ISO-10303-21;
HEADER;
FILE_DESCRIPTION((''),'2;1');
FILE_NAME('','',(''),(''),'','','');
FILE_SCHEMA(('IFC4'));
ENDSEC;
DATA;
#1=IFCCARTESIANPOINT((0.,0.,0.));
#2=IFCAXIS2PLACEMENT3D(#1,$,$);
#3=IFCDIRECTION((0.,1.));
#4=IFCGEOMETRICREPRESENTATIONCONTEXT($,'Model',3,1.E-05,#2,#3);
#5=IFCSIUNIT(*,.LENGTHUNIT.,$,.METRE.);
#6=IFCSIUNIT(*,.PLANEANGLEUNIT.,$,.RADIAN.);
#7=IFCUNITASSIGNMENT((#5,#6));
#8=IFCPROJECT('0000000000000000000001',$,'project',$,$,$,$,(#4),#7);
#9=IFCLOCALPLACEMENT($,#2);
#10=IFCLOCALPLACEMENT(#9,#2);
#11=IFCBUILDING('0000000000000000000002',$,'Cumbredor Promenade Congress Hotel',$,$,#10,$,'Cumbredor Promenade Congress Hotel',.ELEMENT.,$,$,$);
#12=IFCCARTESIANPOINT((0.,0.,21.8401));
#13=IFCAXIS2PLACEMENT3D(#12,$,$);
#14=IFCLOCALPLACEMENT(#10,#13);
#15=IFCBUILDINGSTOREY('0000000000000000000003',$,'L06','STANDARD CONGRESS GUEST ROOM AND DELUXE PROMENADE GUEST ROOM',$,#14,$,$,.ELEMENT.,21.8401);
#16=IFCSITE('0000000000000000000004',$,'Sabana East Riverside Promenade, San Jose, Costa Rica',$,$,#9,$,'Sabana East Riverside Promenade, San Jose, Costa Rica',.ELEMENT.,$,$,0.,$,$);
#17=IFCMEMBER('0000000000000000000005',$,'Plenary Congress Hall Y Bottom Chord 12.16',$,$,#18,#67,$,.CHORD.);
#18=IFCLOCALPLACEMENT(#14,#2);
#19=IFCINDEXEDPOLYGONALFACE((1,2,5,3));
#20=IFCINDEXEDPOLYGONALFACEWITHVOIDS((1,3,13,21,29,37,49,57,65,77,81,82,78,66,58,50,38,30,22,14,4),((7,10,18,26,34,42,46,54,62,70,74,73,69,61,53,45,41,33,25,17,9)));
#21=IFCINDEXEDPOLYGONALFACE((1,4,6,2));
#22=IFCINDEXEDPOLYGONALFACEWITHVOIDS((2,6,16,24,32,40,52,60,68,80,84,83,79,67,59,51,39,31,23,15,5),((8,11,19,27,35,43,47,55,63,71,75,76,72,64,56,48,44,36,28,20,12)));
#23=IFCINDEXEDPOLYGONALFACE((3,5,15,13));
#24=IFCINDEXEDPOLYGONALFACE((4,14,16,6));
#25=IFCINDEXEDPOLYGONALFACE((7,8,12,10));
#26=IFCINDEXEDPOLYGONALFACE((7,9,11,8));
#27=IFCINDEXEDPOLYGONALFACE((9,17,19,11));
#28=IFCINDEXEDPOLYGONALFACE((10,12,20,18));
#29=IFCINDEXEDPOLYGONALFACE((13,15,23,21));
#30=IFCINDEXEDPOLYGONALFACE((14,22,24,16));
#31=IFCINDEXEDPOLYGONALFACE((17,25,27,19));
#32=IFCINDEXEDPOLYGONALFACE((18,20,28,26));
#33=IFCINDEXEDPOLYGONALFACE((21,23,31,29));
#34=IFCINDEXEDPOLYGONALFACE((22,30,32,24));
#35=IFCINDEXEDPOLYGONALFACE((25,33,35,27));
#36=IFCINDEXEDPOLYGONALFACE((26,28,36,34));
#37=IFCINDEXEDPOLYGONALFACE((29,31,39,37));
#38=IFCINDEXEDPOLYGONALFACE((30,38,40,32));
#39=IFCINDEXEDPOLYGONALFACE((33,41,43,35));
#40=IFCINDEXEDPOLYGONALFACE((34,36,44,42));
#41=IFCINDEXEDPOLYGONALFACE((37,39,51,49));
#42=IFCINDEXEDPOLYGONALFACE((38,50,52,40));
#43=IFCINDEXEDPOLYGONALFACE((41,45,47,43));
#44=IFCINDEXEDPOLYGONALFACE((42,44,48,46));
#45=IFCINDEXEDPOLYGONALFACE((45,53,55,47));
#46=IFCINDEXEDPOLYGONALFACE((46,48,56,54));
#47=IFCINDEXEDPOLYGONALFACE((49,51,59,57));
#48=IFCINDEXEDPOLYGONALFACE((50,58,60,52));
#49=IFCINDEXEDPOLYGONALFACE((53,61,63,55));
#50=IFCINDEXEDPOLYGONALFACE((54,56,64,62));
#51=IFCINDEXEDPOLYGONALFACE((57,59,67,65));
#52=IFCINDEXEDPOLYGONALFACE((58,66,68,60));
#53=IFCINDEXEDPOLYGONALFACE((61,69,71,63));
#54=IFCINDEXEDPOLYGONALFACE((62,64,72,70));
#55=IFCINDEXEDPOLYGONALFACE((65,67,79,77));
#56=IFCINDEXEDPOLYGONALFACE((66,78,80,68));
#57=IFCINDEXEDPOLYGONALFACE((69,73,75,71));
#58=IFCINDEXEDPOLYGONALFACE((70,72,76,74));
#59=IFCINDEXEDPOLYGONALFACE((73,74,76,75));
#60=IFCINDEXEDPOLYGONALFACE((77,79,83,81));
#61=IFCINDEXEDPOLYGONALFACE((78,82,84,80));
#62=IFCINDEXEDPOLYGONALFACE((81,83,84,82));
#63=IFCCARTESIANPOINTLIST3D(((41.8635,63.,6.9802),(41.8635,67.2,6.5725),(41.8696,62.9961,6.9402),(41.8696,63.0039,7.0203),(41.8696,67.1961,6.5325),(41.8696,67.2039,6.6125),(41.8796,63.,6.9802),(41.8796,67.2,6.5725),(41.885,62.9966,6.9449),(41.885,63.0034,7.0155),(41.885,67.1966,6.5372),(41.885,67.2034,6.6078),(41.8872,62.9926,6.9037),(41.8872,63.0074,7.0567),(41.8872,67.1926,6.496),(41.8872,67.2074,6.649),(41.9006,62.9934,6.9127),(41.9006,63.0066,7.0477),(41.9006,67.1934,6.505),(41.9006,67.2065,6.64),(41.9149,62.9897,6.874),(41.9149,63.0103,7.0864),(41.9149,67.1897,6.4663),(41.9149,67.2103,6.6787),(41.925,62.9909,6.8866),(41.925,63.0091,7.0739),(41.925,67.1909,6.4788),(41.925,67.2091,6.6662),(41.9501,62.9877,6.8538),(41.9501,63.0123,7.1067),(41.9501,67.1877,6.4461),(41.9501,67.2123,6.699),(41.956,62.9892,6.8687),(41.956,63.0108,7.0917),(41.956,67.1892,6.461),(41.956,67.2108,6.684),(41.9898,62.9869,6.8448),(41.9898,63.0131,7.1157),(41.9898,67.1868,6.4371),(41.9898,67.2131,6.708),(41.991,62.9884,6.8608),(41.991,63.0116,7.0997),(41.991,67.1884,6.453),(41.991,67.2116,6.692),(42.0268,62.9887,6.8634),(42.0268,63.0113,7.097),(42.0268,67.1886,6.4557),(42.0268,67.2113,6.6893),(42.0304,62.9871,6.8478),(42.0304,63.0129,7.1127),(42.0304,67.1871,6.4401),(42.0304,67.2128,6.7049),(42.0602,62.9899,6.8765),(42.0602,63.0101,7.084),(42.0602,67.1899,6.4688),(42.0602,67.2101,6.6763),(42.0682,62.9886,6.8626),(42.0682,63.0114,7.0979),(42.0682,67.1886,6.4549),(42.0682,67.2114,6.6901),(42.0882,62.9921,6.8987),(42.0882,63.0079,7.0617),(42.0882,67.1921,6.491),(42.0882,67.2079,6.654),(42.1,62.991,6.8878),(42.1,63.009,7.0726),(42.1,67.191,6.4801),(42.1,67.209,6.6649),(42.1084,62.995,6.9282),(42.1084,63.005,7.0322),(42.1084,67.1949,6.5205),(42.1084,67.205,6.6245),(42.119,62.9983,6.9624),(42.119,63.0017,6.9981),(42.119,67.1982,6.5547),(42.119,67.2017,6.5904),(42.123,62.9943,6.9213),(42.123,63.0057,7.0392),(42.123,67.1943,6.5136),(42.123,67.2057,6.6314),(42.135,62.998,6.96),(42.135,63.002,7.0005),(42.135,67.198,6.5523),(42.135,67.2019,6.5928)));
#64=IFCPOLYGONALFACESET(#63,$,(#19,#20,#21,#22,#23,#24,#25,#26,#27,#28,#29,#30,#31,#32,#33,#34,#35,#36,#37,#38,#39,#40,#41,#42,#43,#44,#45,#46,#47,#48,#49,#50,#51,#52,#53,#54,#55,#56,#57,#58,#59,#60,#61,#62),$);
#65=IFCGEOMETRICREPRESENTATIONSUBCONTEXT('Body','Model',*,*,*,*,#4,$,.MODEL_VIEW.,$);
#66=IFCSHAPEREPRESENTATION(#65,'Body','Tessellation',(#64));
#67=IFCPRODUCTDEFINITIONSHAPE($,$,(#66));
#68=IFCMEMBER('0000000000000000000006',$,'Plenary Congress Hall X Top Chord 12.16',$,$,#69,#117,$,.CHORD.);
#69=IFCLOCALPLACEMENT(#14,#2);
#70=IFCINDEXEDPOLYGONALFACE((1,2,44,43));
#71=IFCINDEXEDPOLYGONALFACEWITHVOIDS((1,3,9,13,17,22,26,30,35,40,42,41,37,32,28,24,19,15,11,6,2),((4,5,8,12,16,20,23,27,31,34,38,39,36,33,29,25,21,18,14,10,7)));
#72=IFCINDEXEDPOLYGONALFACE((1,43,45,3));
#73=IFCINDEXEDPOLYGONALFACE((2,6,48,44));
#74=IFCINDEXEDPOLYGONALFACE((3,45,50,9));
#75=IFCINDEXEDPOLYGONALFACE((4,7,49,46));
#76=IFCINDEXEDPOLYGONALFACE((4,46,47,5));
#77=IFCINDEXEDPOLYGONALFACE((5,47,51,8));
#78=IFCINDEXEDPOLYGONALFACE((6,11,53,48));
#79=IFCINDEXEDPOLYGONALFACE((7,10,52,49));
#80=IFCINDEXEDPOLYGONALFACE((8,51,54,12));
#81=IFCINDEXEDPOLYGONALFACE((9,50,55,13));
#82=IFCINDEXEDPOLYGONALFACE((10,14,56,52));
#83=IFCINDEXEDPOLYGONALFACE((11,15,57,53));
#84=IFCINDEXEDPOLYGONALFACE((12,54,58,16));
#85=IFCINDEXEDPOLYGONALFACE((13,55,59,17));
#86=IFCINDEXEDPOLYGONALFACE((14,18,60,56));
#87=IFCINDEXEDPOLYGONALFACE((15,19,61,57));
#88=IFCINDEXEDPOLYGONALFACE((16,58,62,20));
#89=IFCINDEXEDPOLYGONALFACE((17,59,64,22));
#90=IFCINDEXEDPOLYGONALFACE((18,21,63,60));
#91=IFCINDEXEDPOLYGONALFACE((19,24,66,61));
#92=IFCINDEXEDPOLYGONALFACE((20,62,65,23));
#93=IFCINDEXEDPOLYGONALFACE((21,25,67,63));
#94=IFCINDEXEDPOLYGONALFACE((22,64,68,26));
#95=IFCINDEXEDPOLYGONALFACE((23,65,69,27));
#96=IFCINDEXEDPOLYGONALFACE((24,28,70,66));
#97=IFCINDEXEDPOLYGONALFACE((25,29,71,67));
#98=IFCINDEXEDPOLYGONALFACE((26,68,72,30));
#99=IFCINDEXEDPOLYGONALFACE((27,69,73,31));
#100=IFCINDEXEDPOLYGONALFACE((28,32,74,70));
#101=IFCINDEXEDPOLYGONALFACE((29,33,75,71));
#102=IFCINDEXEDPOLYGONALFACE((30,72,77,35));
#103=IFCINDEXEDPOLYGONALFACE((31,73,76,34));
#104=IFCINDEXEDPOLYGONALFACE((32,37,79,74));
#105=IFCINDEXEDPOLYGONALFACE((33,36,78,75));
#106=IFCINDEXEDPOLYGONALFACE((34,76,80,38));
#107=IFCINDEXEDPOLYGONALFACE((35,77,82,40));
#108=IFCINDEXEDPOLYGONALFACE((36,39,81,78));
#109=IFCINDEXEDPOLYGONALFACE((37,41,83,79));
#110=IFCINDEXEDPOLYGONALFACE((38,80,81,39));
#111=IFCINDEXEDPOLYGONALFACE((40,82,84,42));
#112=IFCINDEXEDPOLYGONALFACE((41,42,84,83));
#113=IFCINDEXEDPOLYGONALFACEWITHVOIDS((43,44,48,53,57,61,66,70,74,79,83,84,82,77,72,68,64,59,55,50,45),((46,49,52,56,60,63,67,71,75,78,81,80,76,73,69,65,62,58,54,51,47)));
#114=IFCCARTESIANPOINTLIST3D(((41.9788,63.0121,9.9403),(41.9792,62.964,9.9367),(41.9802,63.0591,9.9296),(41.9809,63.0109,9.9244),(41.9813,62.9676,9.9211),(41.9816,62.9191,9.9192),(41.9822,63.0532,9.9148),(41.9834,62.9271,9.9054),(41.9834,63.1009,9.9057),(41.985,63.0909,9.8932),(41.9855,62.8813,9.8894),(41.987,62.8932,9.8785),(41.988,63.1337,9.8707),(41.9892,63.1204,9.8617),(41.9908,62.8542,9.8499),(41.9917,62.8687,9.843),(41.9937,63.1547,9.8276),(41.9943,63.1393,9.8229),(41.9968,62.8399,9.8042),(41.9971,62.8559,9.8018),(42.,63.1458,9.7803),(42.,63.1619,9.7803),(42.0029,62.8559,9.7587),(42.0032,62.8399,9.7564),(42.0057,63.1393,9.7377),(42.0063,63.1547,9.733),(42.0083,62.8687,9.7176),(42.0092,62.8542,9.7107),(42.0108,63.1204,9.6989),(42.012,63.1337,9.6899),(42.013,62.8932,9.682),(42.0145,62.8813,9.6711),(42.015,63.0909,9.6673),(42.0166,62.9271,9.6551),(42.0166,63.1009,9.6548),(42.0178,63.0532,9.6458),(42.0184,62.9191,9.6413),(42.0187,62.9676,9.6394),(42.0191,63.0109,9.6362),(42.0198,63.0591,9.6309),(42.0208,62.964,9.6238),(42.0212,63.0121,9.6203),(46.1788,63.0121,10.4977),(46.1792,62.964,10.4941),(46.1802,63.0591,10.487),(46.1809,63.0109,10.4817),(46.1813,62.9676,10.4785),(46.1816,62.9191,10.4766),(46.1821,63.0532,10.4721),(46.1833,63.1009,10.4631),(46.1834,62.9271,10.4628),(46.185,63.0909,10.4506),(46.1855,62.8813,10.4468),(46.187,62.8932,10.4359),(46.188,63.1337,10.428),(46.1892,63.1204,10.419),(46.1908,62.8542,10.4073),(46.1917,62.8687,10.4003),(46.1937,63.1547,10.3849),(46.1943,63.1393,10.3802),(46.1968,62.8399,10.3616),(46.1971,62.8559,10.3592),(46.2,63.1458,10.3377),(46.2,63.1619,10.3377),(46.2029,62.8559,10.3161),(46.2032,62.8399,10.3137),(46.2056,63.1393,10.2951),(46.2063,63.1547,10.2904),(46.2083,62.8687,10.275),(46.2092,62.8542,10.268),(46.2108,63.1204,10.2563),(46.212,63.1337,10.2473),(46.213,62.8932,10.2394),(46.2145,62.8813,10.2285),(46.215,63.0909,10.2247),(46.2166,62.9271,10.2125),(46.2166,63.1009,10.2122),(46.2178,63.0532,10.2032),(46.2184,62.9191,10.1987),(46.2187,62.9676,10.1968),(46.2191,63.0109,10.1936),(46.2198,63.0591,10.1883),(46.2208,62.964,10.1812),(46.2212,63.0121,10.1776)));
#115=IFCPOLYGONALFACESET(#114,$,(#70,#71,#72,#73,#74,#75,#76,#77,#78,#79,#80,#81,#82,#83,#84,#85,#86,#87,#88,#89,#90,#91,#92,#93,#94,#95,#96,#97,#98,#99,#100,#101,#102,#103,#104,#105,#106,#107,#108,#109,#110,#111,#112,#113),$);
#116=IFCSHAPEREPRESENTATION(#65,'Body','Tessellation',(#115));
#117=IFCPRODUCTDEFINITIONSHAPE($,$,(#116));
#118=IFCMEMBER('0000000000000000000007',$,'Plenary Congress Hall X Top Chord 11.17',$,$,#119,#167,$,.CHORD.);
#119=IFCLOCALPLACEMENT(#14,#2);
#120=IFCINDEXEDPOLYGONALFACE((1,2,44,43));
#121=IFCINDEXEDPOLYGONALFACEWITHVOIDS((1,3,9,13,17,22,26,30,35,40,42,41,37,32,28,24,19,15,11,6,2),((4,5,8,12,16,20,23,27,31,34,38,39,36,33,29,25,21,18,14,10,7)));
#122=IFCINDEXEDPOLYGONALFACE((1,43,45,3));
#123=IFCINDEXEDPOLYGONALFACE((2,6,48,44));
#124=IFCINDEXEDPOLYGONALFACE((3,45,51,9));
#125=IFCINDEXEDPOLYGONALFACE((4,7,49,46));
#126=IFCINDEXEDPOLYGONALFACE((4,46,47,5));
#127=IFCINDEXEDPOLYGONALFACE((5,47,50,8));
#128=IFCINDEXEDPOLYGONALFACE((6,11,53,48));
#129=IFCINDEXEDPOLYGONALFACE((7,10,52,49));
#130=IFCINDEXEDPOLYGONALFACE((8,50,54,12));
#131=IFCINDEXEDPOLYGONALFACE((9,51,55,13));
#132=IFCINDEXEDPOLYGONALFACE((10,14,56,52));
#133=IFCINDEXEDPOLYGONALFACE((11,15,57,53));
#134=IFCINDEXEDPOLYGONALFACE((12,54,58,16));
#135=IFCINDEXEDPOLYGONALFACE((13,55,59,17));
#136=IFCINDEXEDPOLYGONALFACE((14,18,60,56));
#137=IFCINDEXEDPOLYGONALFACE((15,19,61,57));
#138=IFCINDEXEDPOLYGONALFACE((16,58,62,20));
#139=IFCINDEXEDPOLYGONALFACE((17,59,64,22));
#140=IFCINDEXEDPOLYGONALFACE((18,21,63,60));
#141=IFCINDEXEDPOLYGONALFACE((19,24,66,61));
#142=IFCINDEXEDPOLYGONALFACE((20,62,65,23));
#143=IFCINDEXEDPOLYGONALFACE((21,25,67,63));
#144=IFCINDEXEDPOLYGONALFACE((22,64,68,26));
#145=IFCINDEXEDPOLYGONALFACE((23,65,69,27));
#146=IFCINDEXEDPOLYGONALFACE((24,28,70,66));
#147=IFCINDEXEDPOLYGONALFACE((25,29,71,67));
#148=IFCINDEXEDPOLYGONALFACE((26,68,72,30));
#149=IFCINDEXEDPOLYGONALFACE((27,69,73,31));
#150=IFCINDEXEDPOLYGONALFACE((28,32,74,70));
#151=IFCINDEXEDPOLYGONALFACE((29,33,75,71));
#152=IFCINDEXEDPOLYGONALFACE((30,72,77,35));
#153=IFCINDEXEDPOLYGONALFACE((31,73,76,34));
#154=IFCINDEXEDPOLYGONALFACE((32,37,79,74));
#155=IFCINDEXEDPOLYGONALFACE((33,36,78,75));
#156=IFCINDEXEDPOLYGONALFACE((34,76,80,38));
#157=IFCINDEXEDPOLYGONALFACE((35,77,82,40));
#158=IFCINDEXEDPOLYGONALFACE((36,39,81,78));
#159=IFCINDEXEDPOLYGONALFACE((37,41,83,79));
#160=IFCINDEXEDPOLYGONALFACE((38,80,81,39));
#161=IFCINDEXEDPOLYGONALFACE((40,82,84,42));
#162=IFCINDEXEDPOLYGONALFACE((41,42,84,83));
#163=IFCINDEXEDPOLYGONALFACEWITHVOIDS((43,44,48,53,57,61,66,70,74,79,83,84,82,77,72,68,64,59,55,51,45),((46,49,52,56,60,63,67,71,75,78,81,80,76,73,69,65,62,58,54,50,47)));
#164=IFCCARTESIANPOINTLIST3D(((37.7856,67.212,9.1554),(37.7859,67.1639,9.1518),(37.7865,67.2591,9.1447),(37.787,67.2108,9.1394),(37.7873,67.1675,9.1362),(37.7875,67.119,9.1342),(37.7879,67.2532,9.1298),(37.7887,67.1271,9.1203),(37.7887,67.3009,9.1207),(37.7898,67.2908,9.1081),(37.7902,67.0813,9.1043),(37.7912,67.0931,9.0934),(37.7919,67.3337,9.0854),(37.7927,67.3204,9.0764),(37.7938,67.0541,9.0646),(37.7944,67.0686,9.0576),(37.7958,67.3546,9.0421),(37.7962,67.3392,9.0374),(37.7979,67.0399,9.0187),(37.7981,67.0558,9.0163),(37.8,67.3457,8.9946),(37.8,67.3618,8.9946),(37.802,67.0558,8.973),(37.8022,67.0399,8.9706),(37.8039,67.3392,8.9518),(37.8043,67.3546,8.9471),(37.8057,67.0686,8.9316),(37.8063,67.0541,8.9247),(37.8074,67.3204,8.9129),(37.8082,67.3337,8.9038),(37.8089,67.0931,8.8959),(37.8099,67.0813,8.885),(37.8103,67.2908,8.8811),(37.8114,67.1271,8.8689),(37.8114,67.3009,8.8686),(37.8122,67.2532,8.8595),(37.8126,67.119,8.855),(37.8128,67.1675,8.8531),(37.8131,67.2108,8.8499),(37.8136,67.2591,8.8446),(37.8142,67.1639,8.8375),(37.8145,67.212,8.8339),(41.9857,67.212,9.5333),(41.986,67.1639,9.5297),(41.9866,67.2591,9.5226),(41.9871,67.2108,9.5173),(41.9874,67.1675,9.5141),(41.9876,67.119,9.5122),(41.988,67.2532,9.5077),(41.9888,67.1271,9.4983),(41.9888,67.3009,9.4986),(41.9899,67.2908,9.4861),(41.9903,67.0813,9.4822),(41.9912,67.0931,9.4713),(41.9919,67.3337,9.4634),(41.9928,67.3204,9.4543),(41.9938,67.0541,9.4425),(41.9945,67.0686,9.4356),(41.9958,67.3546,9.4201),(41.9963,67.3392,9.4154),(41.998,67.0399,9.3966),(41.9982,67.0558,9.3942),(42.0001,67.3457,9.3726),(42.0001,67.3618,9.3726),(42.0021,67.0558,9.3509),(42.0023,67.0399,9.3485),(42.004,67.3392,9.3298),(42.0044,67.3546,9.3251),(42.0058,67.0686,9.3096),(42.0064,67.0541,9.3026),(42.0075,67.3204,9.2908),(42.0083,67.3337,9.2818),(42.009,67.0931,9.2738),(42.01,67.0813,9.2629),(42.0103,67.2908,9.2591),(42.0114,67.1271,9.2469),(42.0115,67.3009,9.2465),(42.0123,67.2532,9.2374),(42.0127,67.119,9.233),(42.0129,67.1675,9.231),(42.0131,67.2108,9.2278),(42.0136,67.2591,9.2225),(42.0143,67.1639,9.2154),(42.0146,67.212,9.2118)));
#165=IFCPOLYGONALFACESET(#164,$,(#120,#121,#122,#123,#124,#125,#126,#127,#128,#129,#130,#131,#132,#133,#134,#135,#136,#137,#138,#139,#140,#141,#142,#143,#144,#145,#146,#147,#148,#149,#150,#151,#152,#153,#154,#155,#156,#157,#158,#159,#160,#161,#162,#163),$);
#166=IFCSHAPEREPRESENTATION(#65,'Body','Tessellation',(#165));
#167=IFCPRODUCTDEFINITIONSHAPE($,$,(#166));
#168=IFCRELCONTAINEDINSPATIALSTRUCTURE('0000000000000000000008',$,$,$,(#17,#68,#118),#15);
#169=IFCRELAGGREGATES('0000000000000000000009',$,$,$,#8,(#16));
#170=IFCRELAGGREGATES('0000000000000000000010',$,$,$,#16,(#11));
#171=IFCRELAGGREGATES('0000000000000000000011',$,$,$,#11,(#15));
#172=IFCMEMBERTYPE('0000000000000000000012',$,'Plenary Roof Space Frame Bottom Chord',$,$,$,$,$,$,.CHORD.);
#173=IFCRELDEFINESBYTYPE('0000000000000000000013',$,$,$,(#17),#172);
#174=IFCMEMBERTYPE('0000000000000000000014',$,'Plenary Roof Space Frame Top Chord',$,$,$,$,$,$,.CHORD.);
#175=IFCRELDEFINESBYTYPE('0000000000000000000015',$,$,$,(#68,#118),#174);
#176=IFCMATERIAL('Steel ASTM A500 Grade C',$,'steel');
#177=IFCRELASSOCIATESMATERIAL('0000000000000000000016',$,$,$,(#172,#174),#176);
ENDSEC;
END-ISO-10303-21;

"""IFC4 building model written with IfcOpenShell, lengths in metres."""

from ifc_helpers import new_model, si_unit, direction, frame, origin, origin_2d, place, context, subcontext, project, spatial, hollow_circle, extrude, material, material_profile, profile_set, type_object, element, save


model = new_model("IFC4")

# Units and contexts
model_context = context("Model", 3, precision=1e-05, world=origin(), true_north=direction((0.0, 1.0)))
body_context = subcontext(model_context, "Body", "Model", "MODEL_VIEW")
ifc_project = project(units=[si_unit("LENGTHUNIT", "METRE"), si_unit("PLANEANGLEUNIT", "RADIAN")], contexts=[model_context])

# Site, building, storey
site_placement = place(None, origin())
site = spatial("IfcSite", under=ifc_project, at=site_placement, Name="Sabana East Riverside Promenade, San Jose, Costa Rica", LongName="Sabana East Riverside Promenade, San Jose, Costa Rica", CompositionType="ELEMENT", RefElevation=0.0)
building_placement = place(site_placement, origin())
building = spatial("IfcBuilding", under=site, at=building_placement, Name="Cumbredor Promenade Congress Hotel", LongName="Cumbredor Promenade Congress Hotel", CompositionType="ELEMENT")
storey_placement = place(building_placement, frame((0.0, 0.0, 21.8401)))
storey = spatial("IfcBuildingStorey", under=building, at=storey_placement, Name="L06", Description="STANDARD CONGRESS GUEST ROOM AND DELUXE PROMENADE GUEST ROOM", CompositionType="ELEMENT", Elevation=21.8401)

# Members
ifc_material_1 = material(Name="Steel ASTM A500 Grade C", Category="steel")
ifc_material_profile_1 = material_profile(ifc_material_1, hollow_circle(Radius=0.1365, WallThickness=0.0161, at=origin_2d()), Name="CHS 273.0x16")
ifc_profile_set_1 = profile_set([ifc_material_profile_1], Name="Steel ASTM A500 Grade C")
member_type_1 = type_object("IfcMemberType", Name="Plenary Roof Space Frame Bottom Chord", PredefinedType="CHORD", material=ifc_profile_set_1)
member_1_placement = place(storey_placement, frame((42.0, 63.0, 6.9802), z_axis=(0.0, 0.995321, -0.096622), x_axis=(-1.0, 0.0, 0.0)))
element("IfcMember", 1, at=member_1_placement, inside=storey, type_object=member_type_1, Name="Plenary Congress Hall Y Bottom Chord 12.16", PredefinedType="CHORD", context=body_context, shape_type="SweptSolid", body=[
    extrude(hollow_circle(Radius=0.1365, WallThickness=0.0161, at=origin_2d()), origin(), (0.0, 0.0, 1.0), 4.2197),
])
ifc_material_profile_2 = material_profile(ifc_material_1, hollow_circle(Radius=0.1619, WallThickness=0.0161, at=origin_2d()), Name="CHS 323.9x16")
ifc_profile_set_2 = profile_set([ifc_material_profile_2], Name="Steel ASTM A500 Grade C")
member_type_2 = type_object("IfcMemberType", Name="Plenary Roof Space Frame Top Chord", PredefinedType="CHORD", material=ifc_profile_set_2)
member_2_placement = place(storey_placement, frame((42.0, 63.0, 9.7803), z_axis=(0.991309, 0.0, 0.131556), x_axis=(0.0, 1.0, 0.0)))
element("IfcMember", 2, at=member_2_placement, inside=storey, type_object=member_type_2, Name="Plenary Congress Hall X Top Chord 12.16", PredefinedType="CHORD", context=body_context, shape_type="SweptSolid", body=[
    extrude(hollow_circle(Radius=0.1619, WallThickness=0.0161, at=origin_2d()), origin(), (0.0, 0.0, 1.0), 4.2368),
])
member_3_placement = place(storey_placement, frame((37.8, 67.2, 8.9946), z_axis=(0.995976, 0.0, 0.089622), x_axis=(0.0, 1.0, 0.0)))
element("IfcMember", 3, at=member_3_placement, inside=storey, type_object=member_type_2, Name="Plenary Congress Hall X Top Chord 11.17", PredefinedType="CHORD", context=body_context, shape_type="SweptSolid", body=[
    extrude(hollow_circle(Radius=0.1619, WallThickness=0.0161, at=origin_2d()), origin(), (0.0, 0.0, 1.0), 4.217),
])

save(model, "model.ifc")
